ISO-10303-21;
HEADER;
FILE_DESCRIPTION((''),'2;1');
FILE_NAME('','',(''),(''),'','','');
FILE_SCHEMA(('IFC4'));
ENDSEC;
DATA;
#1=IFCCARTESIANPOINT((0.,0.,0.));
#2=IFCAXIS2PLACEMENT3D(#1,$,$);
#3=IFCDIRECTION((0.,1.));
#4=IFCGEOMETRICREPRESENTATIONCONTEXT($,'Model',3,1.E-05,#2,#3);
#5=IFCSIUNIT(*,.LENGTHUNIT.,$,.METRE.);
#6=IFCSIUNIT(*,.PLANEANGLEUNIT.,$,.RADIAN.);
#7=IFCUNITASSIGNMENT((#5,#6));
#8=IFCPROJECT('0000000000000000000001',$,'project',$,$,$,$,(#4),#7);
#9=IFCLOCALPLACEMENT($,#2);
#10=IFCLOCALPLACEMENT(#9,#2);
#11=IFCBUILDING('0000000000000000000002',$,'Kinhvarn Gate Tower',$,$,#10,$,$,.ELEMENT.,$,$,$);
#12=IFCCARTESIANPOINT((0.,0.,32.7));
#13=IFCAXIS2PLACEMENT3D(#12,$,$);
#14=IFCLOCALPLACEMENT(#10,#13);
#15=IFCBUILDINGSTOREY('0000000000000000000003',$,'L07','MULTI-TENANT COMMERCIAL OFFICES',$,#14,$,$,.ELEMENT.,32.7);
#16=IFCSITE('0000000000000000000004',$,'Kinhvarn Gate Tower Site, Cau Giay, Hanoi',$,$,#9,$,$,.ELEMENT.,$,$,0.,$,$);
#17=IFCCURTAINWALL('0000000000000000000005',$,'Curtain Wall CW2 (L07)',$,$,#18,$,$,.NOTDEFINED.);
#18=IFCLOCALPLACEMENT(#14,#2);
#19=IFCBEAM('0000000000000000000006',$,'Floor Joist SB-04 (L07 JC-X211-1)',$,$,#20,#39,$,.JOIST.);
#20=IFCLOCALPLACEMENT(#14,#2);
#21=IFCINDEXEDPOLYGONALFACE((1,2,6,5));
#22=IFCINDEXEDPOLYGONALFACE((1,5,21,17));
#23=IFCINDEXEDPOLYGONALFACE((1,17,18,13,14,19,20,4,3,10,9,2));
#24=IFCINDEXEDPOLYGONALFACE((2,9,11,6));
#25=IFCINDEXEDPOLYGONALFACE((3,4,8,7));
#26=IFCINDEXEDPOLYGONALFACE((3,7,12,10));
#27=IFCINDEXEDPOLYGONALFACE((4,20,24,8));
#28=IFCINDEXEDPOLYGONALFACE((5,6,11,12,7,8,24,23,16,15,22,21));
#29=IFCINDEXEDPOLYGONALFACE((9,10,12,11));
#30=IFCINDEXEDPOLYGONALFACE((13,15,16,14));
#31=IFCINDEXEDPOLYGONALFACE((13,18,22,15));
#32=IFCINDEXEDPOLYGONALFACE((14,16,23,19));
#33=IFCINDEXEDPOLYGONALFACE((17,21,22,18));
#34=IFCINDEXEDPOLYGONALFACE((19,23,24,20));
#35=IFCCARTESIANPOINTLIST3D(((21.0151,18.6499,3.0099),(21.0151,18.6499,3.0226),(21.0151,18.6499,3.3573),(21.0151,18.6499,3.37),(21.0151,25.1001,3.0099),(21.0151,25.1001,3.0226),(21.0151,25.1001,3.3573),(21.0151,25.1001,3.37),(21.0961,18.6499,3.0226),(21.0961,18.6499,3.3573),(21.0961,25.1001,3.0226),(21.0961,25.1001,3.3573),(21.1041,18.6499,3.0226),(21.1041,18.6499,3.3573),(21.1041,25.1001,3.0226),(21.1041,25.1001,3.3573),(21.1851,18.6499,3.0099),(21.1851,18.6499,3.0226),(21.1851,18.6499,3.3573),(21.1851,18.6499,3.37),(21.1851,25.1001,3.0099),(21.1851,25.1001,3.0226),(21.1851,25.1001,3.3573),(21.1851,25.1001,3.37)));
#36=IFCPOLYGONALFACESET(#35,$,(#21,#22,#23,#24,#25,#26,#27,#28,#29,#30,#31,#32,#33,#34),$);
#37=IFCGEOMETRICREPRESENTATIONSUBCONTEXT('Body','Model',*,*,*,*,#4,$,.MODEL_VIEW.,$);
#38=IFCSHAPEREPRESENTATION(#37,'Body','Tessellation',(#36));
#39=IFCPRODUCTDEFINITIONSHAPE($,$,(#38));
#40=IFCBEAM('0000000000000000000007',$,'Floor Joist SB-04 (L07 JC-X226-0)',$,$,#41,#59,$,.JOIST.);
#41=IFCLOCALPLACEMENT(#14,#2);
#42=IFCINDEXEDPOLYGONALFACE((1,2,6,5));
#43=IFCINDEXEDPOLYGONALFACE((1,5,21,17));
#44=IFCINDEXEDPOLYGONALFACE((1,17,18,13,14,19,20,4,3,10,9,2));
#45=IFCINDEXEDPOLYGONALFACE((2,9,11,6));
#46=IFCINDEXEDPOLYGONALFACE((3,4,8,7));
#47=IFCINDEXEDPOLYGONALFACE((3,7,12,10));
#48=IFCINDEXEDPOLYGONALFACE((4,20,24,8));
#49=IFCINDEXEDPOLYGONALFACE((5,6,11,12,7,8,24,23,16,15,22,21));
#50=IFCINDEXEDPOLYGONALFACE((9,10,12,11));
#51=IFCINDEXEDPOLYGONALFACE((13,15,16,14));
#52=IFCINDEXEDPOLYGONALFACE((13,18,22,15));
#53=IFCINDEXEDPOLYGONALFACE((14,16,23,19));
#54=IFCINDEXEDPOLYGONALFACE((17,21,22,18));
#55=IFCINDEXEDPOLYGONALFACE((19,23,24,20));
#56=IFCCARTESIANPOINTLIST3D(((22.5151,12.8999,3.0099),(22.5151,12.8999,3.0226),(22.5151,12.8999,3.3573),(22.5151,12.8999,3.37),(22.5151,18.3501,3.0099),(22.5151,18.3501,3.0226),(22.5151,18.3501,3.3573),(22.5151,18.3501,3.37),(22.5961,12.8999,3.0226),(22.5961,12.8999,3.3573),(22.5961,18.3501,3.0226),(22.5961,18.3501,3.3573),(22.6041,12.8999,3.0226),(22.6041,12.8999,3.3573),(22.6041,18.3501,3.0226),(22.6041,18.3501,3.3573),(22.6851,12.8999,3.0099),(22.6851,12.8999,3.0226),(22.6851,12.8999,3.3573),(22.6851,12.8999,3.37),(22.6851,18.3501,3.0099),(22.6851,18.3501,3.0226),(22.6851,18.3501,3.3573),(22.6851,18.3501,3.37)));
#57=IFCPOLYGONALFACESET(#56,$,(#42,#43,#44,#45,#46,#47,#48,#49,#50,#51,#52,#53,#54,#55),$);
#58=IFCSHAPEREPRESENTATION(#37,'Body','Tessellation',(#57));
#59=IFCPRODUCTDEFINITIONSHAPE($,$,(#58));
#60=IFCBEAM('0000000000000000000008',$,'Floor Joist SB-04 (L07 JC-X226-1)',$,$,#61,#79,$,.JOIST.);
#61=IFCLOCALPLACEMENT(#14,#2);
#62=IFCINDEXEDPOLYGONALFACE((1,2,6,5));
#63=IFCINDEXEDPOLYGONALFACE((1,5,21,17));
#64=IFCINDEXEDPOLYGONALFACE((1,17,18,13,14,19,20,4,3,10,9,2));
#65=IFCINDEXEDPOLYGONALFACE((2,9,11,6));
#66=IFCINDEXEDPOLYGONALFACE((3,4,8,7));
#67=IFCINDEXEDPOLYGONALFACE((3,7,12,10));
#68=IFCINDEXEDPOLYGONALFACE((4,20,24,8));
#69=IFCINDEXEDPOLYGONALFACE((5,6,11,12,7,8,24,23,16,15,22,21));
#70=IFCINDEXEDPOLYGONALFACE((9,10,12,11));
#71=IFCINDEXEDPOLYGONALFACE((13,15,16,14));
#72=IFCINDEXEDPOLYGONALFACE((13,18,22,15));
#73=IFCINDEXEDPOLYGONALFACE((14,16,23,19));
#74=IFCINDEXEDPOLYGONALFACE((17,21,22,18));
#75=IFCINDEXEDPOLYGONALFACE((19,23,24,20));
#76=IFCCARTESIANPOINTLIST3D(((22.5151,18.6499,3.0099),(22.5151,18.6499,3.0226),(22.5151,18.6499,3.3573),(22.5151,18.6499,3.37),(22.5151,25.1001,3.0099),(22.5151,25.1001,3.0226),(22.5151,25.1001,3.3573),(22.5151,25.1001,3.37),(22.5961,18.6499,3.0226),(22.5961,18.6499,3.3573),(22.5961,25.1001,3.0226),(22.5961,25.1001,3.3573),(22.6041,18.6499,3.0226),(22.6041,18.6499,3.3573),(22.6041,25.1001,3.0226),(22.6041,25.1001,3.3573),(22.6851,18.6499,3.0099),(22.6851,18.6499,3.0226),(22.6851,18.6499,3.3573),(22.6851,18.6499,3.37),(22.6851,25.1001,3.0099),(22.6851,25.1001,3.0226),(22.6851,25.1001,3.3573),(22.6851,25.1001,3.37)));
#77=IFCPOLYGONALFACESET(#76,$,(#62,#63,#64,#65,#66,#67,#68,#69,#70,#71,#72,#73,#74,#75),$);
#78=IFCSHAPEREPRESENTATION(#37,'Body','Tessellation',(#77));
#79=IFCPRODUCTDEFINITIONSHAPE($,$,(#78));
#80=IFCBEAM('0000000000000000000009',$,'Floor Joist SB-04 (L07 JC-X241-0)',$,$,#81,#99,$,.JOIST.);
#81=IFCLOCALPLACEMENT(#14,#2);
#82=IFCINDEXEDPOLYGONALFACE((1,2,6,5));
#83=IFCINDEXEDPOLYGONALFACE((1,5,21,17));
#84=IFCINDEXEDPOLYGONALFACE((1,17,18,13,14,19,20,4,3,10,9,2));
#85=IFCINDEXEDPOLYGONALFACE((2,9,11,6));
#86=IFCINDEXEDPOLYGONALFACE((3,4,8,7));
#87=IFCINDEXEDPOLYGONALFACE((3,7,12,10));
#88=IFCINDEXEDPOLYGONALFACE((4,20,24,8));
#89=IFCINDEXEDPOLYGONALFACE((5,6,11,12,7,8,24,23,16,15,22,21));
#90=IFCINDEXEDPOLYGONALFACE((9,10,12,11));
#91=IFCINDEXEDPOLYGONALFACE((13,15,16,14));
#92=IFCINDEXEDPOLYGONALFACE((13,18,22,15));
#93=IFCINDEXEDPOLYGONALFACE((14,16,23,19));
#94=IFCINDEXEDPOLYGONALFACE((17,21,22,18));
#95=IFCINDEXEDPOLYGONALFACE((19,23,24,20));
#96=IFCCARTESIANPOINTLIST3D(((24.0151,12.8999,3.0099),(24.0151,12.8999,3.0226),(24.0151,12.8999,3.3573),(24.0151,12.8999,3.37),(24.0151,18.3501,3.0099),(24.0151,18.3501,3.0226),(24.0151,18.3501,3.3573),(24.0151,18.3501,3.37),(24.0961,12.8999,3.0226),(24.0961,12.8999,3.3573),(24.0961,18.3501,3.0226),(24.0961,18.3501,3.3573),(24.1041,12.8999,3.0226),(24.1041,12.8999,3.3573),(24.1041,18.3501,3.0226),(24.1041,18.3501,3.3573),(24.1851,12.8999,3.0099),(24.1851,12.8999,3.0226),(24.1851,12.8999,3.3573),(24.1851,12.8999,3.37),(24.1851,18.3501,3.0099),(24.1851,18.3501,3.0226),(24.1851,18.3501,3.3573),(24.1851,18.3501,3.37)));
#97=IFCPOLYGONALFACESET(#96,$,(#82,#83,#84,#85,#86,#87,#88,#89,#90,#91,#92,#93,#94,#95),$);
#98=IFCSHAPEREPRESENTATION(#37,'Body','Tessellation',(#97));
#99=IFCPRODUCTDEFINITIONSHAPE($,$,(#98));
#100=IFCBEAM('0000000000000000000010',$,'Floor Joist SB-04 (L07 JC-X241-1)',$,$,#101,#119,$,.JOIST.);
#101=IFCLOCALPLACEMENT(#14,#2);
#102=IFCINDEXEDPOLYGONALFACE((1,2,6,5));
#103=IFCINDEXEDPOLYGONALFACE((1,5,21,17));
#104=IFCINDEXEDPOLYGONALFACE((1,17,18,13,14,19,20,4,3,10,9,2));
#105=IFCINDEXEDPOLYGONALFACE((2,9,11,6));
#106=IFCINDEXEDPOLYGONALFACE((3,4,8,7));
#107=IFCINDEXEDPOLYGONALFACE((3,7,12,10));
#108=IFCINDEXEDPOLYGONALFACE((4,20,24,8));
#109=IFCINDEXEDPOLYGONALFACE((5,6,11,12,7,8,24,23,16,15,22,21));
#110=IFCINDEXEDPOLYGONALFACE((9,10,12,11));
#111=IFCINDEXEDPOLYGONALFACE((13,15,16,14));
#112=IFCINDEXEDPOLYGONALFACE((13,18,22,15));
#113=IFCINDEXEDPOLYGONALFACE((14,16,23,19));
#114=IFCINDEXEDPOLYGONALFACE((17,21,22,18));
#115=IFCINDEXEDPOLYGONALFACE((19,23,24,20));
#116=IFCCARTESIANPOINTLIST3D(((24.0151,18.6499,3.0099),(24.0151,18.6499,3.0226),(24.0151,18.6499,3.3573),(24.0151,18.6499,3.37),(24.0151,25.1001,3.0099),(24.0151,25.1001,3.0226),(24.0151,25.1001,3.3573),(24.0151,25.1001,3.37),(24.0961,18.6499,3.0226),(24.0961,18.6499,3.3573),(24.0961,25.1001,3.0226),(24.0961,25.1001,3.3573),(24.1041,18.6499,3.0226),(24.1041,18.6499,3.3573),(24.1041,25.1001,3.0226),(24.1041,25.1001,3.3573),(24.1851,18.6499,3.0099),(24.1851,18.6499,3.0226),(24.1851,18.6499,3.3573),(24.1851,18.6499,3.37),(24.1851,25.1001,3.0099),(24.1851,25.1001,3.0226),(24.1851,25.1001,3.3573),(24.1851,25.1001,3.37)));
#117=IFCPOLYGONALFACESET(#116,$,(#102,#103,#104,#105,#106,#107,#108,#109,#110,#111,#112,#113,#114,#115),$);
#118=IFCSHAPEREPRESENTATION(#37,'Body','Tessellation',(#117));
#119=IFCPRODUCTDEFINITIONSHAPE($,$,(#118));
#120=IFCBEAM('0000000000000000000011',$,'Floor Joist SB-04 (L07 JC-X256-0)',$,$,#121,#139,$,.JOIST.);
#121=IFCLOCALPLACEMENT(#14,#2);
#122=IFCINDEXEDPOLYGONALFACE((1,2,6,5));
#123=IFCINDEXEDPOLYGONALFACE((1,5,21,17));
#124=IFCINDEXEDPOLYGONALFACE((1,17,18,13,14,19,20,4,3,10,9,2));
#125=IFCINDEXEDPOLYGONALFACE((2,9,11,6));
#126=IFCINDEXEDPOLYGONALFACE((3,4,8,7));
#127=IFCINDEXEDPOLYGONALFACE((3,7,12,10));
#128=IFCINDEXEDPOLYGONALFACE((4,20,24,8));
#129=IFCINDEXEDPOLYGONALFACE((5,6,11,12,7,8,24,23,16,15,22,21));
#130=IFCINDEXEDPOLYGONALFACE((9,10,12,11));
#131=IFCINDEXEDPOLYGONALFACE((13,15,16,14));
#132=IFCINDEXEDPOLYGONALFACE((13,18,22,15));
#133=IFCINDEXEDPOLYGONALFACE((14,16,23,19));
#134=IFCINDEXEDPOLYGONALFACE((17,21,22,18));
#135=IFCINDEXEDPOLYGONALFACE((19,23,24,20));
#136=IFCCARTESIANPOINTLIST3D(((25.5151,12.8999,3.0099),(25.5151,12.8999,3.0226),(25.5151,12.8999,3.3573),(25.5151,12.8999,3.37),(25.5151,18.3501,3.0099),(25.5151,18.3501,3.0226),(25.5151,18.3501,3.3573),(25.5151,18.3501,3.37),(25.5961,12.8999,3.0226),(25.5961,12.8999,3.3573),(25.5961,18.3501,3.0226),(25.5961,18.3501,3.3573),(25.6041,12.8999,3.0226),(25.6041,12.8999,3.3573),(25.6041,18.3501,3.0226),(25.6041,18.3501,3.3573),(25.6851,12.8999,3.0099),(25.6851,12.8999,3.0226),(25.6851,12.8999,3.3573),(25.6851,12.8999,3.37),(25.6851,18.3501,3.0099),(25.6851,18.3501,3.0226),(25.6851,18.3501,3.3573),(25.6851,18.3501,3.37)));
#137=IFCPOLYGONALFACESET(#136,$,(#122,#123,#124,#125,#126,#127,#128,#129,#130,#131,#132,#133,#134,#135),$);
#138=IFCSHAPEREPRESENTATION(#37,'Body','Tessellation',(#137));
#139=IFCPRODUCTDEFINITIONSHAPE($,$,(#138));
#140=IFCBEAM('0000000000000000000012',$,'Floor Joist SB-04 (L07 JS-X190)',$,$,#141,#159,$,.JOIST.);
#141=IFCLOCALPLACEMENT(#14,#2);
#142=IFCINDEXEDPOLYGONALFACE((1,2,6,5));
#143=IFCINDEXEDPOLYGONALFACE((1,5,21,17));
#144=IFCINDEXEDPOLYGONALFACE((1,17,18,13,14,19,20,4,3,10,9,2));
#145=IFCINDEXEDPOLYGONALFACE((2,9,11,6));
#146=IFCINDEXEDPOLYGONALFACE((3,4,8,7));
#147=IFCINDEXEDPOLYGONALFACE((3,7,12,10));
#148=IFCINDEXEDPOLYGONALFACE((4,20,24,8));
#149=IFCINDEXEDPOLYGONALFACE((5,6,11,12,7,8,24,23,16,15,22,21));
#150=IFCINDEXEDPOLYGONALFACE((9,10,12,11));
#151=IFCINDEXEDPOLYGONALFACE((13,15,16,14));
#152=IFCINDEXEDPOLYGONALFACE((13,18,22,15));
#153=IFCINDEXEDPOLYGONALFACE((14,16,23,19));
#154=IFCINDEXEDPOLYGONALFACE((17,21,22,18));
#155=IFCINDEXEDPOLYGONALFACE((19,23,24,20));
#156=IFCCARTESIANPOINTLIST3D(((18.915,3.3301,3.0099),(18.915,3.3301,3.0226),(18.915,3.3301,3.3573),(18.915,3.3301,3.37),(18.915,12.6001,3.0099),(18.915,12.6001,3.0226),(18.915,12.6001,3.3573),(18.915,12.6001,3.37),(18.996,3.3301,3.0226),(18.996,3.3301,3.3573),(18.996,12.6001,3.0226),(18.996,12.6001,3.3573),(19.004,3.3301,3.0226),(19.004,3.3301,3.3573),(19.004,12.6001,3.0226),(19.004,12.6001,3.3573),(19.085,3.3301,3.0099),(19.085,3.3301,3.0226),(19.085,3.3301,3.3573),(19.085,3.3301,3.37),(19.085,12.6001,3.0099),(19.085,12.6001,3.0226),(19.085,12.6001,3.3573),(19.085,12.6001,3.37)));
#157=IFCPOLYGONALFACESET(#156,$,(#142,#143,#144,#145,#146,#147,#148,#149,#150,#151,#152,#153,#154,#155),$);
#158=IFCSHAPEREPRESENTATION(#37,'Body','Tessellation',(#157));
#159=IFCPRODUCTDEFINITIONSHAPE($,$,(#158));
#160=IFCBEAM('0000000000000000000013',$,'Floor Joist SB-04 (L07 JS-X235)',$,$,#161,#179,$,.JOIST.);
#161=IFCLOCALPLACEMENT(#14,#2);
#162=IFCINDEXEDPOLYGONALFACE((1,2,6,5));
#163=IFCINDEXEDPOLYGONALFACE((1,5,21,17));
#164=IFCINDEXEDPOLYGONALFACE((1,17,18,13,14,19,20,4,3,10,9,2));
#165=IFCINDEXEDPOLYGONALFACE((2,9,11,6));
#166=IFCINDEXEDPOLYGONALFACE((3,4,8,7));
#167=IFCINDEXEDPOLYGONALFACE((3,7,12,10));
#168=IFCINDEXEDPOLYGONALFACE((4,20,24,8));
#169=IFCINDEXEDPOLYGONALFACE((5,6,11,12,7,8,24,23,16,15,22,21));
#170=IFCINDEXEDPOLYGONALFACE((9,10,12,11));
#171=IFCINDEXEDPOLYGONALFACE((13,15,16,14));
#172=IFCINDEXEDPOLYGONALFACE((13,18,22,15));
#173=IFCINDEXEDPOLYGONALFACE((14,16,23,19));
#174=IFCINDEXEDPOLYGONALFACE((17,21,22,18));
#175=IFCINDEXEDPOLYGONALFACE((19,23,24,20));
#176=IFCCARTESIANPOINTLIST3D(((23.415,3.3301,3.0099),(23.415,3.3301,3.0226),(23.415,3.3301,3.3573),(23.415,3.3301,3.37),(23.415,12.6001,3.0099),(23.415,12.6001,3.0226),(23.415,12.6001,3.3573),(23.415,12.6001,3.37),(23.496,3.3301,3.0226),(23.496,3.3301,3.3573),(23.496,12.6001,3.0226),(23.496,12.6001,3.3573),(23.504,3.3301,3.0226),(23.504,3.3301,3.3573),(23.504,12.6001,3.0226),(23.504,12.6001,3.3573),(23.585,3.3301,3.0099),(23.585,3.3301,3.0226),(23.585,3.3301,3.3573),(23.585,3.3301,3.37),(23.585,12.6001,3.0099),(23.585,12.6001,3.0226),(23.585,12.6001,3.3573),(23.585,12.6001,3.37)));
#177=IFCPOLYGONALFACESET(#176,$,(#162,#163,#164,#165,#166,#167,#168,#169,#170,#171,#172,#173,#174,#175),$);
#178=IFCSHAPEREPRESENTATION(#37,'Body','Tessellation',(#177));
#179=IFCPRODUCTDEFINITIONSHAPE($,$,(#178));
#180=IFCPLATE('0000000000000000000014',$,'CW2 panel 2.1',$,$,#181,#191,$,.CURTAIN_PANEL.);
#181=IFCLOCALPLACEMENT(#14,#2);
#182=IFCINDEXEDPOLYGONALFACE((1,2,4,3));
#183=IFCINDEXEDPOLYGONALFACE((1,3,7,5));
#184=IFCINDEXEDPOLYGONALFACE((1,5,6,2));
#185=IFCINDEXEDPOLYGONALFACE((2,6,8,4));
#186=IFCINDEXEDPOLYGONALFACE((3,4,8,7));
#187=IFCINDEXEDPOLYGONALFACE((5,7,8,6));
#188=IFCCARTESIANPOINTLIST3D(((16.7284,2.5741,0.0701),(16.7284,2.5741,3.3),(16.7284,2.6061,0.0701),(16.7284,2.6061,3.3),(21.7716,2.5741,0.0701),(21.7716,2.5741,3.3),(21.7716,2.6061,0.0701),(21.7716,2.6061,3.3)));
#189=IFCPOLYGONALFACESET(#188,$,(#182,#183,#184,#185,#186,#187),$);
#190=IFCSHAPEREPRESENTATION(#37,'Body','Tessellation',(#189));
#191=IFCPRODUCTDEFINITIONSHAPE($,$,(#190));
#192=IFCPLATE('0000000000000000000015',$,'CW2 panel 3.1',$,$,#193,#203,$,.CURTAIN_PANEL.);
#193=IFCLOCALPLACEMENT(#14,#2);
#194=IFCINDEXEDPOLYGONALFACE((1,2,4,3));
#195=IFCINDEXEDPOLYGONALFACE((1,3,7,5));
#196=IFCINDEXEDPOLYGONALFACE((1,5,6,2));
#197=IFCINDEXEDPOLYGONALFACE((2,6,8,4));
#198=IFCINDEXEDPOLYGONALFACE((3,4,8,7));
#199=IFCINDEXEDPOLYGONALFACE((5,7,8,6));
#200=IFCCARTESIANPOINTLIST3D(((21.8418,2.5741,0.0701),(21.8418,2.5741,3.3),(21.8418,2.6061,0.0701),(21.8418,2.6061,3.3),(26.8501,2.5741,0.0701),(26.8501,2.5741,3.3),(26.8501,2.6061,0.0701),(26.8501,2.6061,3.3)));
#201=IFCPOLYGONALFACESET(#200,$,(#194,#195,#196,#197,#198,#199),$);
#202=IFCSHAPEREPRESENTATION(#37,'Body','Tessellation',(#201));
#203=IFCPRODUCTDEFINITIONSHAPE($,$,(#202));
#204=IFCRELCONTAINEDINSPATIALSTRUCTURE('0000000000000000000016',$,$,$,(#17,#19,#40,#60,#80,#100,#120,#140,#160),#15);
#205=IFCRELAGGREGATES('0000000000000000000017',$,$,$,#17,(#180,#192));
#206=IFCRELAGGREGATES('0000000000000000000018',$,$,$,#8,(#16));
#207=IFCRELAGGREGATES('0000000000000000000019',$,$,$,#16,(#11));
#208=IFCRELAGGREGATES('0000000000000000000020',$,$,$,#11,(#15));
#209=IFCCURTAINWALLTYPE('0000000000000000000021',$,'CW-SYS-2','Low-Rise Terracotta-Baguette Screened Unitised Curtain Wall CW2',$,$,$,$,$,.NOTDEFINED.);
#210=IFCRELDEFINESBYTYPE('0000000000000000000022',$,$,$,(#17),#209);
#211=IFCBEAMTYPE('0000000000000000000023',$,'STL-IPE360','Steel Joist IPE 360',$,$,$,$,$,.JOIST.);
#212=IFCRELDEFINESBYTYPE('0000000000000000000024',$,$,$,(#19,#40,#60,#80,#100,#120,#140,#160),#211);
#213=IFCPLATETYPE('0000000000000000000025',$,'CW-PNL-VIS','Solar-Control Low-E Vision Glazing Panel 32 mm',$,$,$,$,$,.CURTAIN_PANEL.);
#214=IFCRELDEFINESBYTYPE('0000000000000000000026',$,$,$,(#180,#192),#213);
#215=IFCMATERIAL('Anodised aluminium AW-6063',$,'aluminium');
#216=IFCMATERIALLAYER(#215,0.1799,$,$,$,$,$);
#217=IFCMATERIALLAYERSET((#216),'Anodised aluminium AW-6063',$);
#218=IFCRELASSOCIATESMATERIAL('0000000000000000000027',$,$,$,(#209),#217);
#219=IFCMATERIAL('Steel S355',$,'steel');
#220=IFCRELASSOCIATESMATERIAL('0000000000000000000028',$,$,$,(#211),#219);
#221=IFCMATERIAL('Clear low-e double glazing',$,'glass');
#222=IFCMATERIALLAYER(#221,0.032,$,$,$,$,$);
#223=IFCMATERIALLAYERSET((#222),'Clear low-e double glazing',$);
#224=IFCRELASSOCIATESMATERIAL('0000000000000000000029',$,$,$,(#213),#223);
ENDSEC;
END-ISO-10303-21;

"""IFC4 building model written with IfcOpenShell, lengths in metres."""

from ifc_helpers import new_model, si_unit, direction, frame, origin, origin_2d, place, context, subcontext, project, spatial, rectangle, i_section, extrude, material, layer, layer_set, material_profile, profile_set, type_object, element, aggregate, save


model = new_model("IFC4")

# Units and contexts
model_context = context("Model", 3, precision=1e-05, world=origin(), true_north=direction((0.0, 1.0)))
body_context = subcontext(model_context, "Body", "Model", "MODEL_VIEW")
ifc_project = project(units=[si_unit("LENGTHUNIT", "METRE"), si_unit("PLANEANGLEUNIT", "RADIAN")], contexts=[model_context])

# Site, building, storey
site_placement = place(None, origin())
site = spatial("IfcSite", under=ifc_project, at=site_placement, Name="Kinhvarn Gate Tower Site, Cau Giay, Hanoi", CompositionType="ELEMENT", RefElevation=0.0)
building_placement = place(site_placement, origin())
building = spatial("IfcBuilding", under=site, at=building_placement, Name="Kinhvarn Gate Tower", CompositionType="ELEMENT")
storey_placement = place(building_placement, frame((0.0, 0.0, 32.7)))
storey = spatial("IfcBuildingStorey", under=building, at=storey_placement, Name="L07", Description="MULTI-TENANT COMMERCIAL OFFICES", CompositionType="ELEMENT", Elevation=32.7)

# Curtain wall
ifc_material_1 = material(Name="Anodised aluminium AW-6063", Category="aluminium")
ifc_layer_1 = layer(ifc_material_1, 0.1799)
ifc_layer_set_1 = layer_set([ifc_layer_1], Name="Anodised aluminium AW-6063")
curtain_wall_type = type_object("IfcCurtainWallType", Name="CW-SYS-2", Description="Low-Rise Terracotta-Baguette Screened Unitised Curtain Wall CW2", PredefinedType="NOTDEFINED", material=ifc_layer_set_1)
curtain_wall_placement = place(storey_placement, origin())
curtain_wall = element("IfcCurtainWall", 1, at=curtain_wall_placement, inside=storey, type_object=curtain_wall_type, Name="Curtain Wall CW2 (L07)", PredefinedType="NOTDEFINED")

# Beams
ifc_material_2 = material(Name="Steel S355", Category="steel")
ifc_material_profile_1 = material_profile(ifc_material_2, i_section(OverallWidth=0.1699, OverallDepth=0.3601, WebThickness=0.0081, FlangeThickness=0.0127, at=origin_2d()), Name="IPE 360")
ifc_profile_set_1 = profile_set([ifc_material_profile_1], Name="Steel S355")
beam_type_1 = type_object("IfcBeamType", Name="STL-IPE360", Description="Steel Joist IPE 360", PredefinedType="JOIST", material=ifc_profile_set_1)
beam_1_placement = place(storey_placement, frame((21.1001, 18.6499, 3.1899), z_axis=(0.0, 1.0, 0.0), x_axis=(-1.0, 0.0, 0.0)))
element("IfcBeam", 2, at=beam_1_placement, inside=storey, type_object=beam_type_1, Name="Floor Joist SB-04 (L07 JC-X211-1)", PredefinedType="JOIST", context=body_context, shape_type="SweptSolid", body=[
    extrude(i_section(OverallWidth=0.1699, OverallDepth=0.3601, WebThickness=0.0081, FlangeThickness=0.0127, at=origin_2d()), origin(), (0.0, 0.0, 1.0), 6.4502),
])
beam_2_placement = place(storey_placement, frame((22.6001, 12.8999, 3.1899), z_axis=(0.0, 1.0, 0.0), x_axis=(-1.0, 0.0, 0.0)))
element("IfcBeam", 3, at=beam_2_placement, inside=storey, type_object=beam_type_1, Name="Floor Joist SB-04 (L07 JC-X226-0)", PredefinedType="JOIST", context=body_context, shape_type="SweptSolid", body=[
    extrude(i_section(OverallWidth=0.1699, OverallDepth=0.3601, WebThickness=0.0081, FlangeThickness=0.0127, at=origin_2d()), origin(), (0.0, 0.0, 1.0), 5.4502),
])
beam_3_placement = place(storey_placement, frame((22.6001, 18.6499, 3.1899), z_axis=(0.0, 1.0, 0.0), x_axis=(-1.0, 0.0, 0.0)))
element("IfcBeam", 4, at=beam_3_placement, inside=storey, type_object=beam_type_1, Name="Floor Joist SB-04 (L07 JC-X226-1)", PredefinedType="JOIST", context=body_context, shape_type="SweptSolid", body=[
    extrude(i_section(OverallWidth=0.1699, OverallDepth=0.3601, WebThickness=0.0081, FlangeThickness=0.0127, at=origin_2d()), origin(), (0.0, 0.0, 1.0), 6.4502),
])
beam_4_placement = place(storey_placement, frame((24.1001, 12.8999, 3.1899), z_axis=(0.0, 1.0, 0.0), x_axis=(-1.0, 0.0, 0.0)))
element("IfcBeam", 5, at=beam_4_placement, inside=storey, type_object=beam_type_1, Name="Floor Joist SB-04 (L07 JC-X241-0)", PredefinedType="JOIST", context=body_context, shape_type="SweptSolid", body=[
    extrude(i_section(OverallWidth=0.1699, OverallDepth=0.3601, WebThickness=0.0081, FlangeThickness=0.0127, at=origin_2d()), origin(), (0.0, 0.0, 1.0), 5.4502),
])
beam_5_placement = place(storey_placement, frame((24.1001, 18.6499, 3.1899), z_axis=(0.0, 1.0, 0.0), x_axis=(-1.0, 0.0, 0.0)))
element("IfcBeam", 6, at=beam_5_placement, inside=storey, type_object=beam_type_1, Name="Floor Joist SB-04 (L07 JC-X241-1)", PredefinedType="JOIST", context=body_context, shape_type="SweptSolid", body=[
    extrude(i_section(OverallWidth=0.1699, OverallDepth=0.3601, WebThickness=0.0081, FlangeThickness=0.0127, at=origin_2d()), origin(), (0.0, 0.0, 1.0), 6.4502),
])
beam_6_placement = place(storey_placement, frame((25.6001, 12.8999, 3.1899), z_axis=(0.0, 1.0, 0.0), x_axis=(-1.0, 0.0, 0.0)))
element("IfcBeam", 7, at=beam_6_placement, inside=storey, type_object=beam_type_1, Name="Floor Joist SB-04 (L07 JC-X256-0)", PredefinedType="JOIST", context=body_context, shape_type="SweptSolid", body=[
    extrude(i_section(OverallWidth=0.1699, OverallDepth=0.3601, WebThickness=0.0081, FlangeThickness=0.0127, at=origin_2d()), origin(), (0.0, 0.0, 1.0), 5.4502),
])
for number, where, z_axis, x_axis, name in (
    (8, (19.0, 3.3301, 3.1899), (0.0, 1.0, 0.0), (-1.0, 0.0, 0.0), "Floor Joist SB-04 (L07 JS-X190)"),
    (9, (23.5, 3.3301, 3.1899), (0.0, 1.0, 0.0), (-1.0, 0.0, 0.0), "Floor Joist SB-04 (L07 JS-X235)"),
):
    element("IfcBeam", number, at=place(storey_placement, frame(where, z_axis=z_axis, x_axis=x_axis)), inside=storey, type_object=beam_type_1, Name=name, PredefinedType="JOIST", context=body_context, shape_type="SweptSolid", body=[
        extrude(i_section(OverallWidth=0.1699, OverallDepth=0.3601, WebThickness=0.0081, FlangeThickness=0.0127, at=origin_2d()), origin(), (0.0, 0.0, 1.0), 9.27),
    ])

# Plates
ifc_material_3 = material(Name="Clear low-e double glazing", Category="glass")
ifc_layer_2 = layer(ifc_material_3, 0.032)
ifc_layer_set_2 = layer_set([ifc_layer_2], Name="Clear low-e double glazing")
plate_type = type_object("IfcPlateType", Name="CW-PNL-VIS", Description="Solar-Control Low-E Vision Glazing Panel 32 mm", PredefinedType="CURTAIN_PANEL", material=ifc_layer_set_2)
plate_1_placement = place(storey_placement, frame((19.25, 2.5901, 0.0701), z_axis=(0.0, 0.0, 1.0), x_axis=(1.0, 0.0, 0.0)))
plate_1 = element("IfcPlate", 10, at=plate_1_placement, type_object=plate_type, Name="CW2 panel 2.1", PredefinedType="CURTAIN_PANEL", context=body_context, shape_type="SweptSolid", body=[
    extrude(rectangle(XDim=5.0432, YDim=0.032, at=origin_2d()), origin(), (0.0, 0.0, 1.0), 3.23),
])
plate_2_placement = place(storey_placement, frame((24.3459, 2.5901, 0.0701), z_axis=(0.0, 0.0, 1.0), x_axis=(1.0, 0.0, 0.0)))
plate_2 = element("IfcPlate", 11, at=plate_2_placement, type_object=plate_type, Name="CW2 panel 3.1", PredefinedType="CURTAIN_PANEL", context=body_context, shape_type="SweptSolid", body=[
    extrude(rectangle(XDim=5.0083, YDim=0.032, at=origin_2d()), origin(), (0.0, 0.0, 1.0), 3.23),
])
aggregate(curtain_wall, [plate_1, plate_2])

save(model, "model.ifc")
